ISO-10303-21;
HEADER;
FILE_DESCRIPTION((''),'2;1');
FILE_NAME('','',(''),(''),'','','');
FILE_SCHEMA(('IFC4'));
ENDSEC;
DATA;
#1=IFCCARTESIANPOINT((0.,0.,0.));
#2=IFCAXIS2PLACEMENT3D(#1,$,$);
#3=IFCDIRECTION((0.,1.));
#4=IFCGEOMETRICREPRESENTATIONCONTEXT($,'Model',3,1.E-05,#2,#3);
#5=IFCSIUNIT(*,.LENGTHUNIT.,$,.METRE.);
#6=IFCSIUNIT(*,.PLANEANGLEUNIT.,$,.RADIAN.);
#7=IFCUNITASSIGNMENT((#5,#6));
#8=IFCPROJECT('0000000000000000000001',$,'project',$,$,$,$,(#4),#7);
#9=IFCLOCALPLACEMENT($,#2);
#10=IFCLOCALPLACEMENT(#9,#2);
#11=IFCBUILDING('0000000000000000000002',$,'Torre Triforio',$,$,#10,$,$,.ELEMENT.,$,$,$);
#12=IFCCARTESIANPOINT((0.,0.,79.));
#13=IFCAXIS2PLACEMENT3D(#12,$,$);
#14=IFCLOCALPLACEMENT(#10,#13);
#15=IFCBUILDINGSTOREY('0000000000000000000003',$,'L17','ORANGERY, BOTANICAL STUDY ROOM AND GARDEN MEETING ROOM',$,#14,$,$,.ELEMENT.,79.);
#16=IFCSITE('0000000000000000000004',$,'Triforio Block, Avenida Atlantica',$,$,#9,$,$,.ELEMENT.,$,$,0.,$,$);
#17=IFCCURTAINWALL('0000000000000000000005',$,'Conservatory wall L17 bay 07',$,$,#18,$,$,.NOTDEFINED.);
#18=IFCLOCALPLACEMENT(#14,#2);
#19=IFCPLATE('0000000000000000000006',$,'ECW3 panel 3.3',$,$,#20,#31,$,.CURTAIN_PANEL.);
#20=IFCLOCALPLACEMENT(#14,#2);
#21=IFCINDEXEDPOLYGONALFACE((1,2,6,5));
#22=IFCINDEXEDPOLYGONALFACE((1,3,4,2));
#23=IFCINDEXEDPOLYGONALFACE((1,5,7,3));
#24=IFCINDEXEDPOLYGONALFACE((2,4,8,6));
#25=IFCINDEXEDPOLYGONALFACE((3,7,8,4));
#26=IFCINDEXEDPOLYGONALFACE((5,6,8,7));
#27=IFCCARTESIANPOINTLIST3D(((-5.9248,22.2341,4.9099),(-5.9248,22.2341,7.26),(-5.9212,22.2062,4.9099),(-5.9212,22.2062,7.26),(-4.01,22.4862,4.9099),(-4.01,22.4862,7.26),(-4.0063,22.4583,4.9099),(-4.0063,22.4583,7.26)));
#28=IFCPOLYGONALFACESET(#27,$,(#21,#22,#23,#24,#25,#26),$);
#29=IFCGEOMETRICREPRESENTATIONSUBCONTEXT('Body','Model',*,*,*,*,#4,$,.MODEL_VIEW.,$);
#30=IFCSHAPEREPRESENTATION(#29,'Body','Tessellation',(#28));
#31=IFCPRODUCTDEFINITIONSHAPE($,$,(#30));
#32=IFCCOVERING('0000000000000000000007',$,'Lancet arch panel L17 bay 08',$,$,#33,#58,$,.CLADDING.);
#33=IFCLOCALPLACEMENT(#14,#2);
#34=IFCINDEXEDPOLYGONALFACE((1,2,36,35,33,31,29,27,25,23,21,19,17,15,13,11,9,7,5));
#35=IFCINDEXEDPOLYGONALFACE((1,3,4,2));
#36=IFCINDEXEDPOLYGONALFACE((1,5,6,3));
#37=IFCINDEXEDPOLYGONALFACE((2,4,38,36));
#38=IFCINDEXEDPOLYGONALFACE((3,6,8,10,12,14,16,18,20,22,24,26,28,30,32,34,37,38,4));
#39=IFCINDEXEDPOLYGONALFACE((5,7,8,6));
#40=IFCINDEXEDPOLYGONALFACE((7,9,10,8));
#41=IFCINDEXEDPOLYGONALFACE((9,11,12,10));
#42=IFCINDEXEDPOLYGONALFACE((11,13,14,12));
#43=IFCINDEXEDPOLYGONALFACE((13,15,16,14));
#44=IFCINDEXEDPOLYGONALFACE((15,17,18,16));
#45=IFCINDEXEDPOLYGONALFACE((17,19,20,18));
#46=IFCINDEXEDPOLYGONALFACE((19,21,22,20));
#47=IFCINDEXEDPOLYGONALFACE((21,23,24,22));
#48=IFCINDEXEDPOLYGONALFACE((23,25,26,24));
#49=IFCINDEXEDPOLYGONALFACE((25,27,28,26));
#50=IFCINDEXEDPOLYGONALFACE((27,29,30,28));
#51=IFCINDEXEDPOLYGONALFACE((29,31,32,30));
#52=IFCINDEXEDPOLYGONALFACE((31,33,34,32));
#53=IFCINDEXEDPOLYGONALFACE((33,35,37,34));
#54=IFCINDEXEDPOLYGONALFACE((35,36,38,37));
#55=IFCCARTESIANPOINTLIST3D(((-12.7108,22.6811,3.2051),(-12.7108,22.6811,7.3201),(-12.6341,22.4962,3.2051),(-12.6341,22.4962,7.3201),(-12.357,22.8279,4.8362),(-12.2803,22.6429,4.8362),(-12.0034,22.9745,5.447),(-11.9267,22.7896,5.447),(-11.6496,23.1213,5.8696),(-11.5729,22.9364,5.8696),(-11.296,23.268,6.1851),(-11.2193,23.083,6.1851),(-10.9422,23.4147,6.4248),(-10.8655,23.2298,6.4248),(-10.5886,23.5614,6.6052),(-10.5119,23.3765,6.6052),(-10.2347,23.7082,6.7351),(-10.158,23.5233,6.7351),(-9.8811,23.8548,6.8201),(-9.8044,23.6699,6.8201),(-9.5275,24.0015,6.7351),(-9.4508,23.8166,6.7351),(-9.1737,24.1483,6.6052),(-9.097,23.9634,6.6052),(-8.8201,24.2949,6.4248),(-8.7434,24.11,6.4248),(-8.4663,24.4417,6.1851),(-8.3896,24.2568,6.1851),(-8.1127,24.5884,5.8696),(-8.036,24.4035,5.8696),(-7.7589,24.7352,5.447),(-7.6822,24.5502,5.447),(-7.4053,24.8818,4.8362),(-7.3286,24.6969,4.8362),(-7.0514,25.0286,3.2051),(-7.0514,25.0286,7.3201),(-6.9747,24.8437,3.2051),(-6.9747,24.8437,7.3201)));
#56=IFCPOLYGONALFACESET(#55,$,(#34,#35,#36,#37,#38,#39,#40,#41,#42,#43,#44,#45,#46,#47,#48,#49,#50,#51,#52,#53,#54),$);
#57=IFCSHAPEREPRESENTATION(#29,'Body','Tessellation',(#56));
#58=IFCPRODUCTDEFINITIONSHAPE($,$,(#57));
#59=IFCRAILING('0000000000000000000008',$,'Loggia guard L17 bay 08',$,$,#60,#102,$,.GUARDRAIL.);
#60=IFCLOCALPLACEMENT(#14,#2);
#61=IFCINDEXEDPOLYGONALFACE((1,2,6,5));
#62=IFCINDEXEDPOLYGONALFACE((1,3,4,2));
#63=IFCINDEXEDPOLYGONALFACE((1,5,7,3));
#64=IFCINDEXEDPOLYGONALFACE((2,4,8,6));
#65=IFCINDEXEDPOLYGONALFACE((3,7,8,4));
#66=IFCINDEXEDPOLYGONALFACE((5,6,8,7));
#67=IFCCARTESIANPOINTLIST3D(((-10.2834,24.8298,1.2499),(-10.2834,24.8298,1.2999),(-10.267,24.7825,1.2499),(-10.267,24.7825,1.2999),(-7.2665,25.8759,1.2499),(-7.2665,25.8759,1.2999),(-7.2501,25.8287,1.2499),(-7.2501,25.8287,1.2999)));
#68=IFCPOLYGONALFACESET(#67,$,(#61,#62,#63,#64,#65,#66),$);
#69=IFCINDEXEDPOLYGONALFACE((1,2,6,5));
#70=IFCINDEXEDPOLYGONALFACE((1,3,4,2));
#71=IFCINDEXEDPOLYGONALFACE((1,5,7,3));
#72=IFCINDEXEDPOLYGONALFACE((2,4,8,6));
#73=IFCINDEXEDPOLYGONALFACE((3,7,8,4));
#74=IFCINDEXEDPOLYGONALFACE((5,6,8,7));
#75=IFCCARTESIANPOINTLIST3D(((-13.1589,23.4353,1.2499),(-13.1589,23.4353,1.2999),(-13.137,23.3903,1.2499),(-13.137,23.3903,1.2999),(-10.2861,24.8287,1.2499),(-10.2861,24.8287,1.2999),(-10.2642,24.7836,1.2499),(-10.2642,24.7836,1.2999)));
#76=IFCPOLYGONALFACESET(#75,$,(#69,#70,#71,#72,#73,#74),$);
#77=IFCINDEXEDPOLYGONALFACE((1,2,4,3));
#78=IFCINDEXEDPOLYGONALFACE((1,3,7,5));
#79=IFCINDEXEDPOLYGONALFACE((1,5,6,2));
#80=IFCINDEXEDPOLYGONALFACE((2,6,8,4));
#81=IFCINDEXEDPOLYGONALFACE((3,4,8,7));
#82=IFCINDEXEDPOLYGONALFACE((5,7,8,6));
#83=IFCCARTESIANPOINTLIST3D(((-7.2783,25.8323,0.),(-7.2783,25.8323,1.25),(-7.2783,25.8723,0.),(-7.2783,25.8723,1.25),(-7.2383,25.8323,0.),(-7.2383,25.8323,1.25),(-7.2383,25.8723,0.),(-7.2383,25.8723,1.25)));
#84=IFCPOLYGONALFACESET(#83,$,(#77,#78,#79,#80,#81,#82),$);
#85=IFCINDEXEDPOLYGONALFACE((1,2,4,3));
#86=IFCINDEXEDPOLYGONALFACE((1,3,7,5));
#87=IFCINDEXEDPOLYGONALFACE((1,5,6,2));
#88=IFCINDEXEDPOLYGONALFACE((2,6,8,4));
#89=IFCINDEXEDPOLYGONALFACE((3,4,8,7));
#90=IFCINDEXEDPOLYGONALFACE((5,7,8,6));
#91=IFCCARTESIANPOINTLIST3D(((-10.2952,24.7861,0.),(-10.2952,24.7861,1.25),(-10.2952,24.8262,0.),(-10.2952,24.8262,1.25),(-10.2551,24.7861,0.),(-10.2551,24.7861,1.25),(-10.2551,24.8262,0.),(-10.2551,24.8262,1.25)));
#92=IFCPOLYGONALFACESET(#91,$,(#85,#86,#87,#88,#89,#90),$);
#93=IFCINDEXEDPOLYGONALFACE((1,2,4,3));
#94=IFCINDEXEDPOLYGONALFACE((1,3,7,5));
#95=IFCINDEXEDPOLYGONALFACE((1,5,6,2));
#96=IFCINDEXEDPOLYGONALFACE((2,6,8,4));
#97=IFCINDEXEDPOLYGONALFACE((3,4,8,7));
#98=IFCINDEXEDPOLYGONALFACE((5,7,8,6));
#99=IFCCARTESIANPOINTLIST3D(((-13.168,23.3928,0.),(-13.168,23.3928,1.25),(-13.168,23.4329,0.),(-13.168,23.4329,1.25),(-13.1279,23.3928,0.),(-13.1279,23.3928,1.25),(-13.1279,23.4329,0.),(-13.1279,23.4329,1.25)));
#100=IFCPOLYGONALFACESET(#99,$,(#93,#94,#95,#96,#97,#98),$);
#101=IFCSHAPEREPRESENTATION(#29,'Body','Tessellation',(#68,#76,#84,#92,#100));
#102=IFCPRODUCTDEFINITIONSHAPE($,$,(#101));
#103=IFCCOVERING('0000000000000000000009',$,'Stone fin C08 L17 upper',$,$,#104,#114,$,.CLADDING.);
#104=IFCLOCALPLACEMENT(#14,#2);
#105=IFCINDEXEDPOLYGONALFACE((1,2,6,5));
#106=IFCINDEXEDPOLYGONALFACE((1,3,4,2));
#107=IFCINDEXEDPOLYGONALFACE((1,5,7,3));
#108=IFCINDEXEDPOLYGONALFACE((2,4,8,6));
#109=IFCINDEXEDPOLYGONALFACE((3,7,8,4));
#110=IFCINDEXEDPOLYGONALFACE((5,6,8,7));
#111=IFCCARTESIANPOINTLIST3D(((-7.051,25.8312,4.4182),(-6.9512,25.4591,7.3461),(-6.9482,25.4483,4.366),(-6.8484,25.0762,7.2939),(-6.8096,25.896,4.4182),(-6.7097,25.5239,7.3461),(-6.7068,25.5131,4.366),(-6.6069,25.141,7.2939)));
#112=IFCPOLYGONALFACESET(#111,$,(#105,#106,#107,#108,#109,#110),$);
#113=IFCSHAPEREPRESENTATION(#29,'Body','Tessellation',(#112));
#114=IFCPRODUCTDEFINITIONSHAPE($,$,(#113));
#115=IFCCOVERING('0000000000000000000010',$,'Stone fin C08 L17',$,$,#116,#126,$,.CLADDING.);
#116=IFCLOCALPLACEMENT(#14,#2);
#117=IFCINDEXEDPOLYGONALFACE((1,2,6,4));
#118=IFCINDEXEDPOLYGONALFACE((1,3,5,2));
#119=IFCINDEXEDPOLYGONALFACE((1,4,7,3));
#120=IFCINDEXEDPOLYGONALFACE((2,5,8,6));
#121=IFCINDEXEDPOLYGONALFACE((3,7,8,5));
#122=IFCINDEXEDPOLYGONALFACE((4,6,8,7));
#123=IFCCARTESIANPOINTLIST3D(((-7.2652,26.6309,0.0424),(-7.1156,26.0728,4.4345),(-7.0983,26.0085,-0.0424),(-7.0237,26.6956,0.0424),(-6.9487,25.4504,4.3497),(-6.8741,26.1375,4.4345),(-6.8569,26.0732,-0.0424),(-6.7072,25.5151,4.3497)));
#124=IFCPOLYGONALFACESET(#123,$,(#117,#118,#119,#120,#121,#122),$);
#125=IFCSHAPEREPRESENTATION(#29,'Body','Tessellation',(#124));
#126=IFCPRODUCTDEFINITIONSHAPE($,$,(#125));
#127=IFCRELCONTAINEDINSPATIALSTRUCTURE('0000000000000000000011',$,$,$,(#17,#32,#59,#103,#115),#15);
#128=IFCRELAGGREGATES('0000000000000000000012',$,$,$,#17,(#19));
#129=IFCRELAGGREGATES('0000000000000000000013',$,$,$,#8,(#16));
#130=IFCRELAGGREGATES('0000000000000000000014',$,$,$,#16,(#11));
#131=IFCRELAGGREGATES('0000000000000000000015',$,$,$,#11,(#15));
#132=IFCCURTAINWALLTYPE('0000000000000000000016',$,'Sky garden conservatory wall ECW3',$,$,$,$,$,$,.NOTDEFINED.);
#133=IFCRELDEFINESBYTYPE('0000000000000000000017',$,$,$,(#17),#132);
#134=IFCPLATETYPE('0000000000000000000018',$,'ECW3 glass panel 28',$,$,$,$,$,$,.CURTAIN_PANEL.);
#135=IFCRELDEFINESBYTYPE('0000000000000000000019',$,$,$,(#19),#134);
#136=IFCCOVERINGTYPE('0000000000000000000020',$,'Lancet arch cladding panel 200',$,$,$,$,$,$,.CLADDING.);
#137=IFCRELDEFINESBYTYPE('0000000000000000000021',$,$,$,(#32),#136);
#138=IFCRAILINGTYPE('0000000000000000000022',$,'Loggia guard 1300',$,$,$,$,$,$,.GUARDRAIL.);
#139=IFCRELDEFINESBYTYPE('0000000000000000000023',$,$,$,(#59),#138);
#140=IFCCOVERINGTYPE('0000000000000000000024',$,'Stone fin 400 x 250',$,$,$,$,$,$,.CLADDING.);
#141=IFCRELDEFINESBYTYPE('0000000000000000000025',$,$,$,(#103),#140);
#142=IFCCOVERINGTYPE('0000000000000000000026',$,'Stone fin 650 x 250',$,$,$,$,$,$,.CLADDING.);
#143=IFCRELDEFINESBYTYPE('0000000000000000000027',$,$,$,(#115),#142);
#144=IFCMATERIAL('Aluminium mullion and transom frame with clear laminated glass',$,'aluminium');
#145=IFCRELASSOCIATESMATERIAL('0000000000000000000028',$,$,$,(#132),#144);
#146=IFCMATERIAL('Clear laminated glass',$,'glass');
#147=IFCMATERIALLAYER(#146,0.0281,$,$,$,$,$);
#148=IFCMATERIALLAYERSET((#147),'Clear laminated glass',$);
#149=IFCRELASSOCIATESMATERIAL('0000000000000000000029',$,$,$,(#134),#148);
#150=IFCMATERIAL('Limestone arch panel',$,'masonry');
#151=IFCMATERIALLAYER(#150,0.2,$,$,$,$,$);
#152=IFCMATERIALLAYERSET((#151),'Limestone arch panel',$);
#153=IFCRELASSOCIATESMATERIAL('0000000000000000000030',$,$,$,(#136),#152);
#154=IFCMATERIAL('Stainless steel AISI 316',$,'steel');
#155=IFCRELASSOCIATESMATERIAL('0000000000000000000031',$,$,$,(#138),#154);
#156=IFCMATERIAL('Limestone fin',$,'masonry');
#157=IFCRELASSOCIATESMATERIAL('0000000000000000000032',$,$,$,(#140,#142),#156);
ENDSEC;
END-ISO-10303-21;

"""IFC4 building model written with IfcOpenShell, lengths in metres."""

from ifc_helpers import new_model, si_unit, direction, frame, origin, origin_2d, place, context, subcontext, project, spatial, polyline, rectangle, outline, extrude, material, layer, layer_set, material_profile, profile_set, type_object, element, aggregate, save


model = new_model("IFC4")

# Units and contexts
model_context = context("Model", 3, precision=1e-05, world=origin(), true_north=direction((0.0, 1.0)))
body_context = subcontext(model_context, "Body", "Model", "MODEL_VIEW")
ifc_project = project(units=[si_unit("LENGTHUNIT", "METRE"), si_unit("PLANEANGLEUNIT", "RADIAN")], contexts=[model_context])

# Site, building, storey
site_placement = place(None, origin())
site = spatial("IfcSite", under=ifc_project, at=site_placement, Name="Triforio Block, Avenida Atlantica", CompositionType="ELEMENT", RefElevation=0.0)
building_placement = place(site_placement, origin())
building = spatial("IfcBuilding", under=site, at=building_placement, Name="Torre Triforio", CompositionType="ELEMENT")
storey_placement = place(building_placement, frame((0.0, 0.0, 79.0)))
storey = spatial("IfcBuildingStorey", under=building, at=storey_placement, Name="L17", Description="ORANGERY, BOTANICAL STUDY ROOM AND GARDEN MEETING ROOM", CompositionType="ELEMENT", Elevation=79.0)

# Curtain wall
ifc_material_1 = material(Name="Aluminium mullion and transom frame with clear laminated glass", Category="aluminium")
curtain_wall_type = type_object("IfcCurtainWallType", Name="Sky garden conservatory wall ECW3", PredefinedType="NOTDEFINED", material=ifc_material_1)
curtain_wall_1_placement = place(storey_placement, origin())
curtain_wall_1 = element("IfcCurtainWall", 1, at=curtain_wall_1_placement, inside=storey, type_object=curtain_wall_type, Name="Conservatory wall L17 bay 07", PredefinedType="NOTDEFINED")

# Plate
ifc_material_2 = material(Name="Clear laminated glass", Category="glass")
ifc_layer_1 = layer(ifc_material_2, 0.0281)
ifc_layer_set_1 = layer_set([ifc_layer_1], Name="Clear laminated glass")
plate_type = type_object("IfcPlateType", Name="ECW3 glass panel 28", PredefinedType="CURTAIN_PANEL", material=ifc_layer_set_1)
plate_1_placement = place(storey_placement, frame((-4.9656, 22.3462, 4.9099), z_axis=(0.0, 0.0, 1.0), x_axis=(-0.991446, -0.130521, 0.0)))
plate_1 = element("IfcPlate", 2, at=plate_1_placement, type_object=plate_type, Name="ECW3 panel 3.3", PredefinedType="CURTAIN_PANEL", context=body_context, shape_type="SweptSolid", body=[
    extrude(rectangle(XDim=1.9314, YDim=0.0281, at=origin_2d()), origin(), (0.0, 0.0, 1.0), 2.3501),
])
aggregate(curtain_wall_1, [plate_1])

# Covering
ifc_material_3 = material(Name="Limestone arch panel", Category="masonry")
ifc_layer_2 = layer(ifc_material_3, 0.2)
ifc_layer_set_2 = layer_set([ifc_layer_2], Name="Limestone arch panel")
covering_type_1 = type_object("IfcCoveringType", Name="Lancet arch cladding panel 200", PredefinedType="CLADDING", material=ifc_layer_set_2)
covering_1_placement = place(storey_placement, frame((-9.8044, 23.6699, 0.0), z_axis=(-0.383142, 0.923689, 0.0), x_axis=(-0.923689, -0.383142, 0.0)))
element("IfcCovering", 3, at=covering_1_placement, inside=storey, type_object=covering_type_1, Name="Lancet arch panel L17 bay 08", PredefinedType="CLADDING", context=body_context, shape_type="SweptSolid", body=[
    extrude(outline(polyline([(-3.0635, 7.3201), (-3.0635, 3.2051), (-2.6804, 4.8362), (-2.2976, 5.447), (-1.9146, 5.8696), (-1.5317, 6.1851), (-1.1487, 6.4248), (-0.7659, 6.6052), (-0.3828, 6.7351), (0.0, 6.8201), (0.3828, 6.7351), (0.7659, 6.6052), (1.1487, 6.4248), (1.5317, 6.1851), (1.9146, 5.8696), (2.2976, 5.447), (2.6804, 4.8362), (3.0635, 3.2051), (3.0635, 7.3201), (-3.0635, 7.3201)])), origin(), (0.0, 0.0, 1.0), 0.2002),
])

# Railing
ifc_material_4 = material(Name="Stainless steel AISI 316", Category="steel")
railing_type = type_object("IfcRailingType", Name="Loggia guard 1300", PredefinedType="GUARDRAIL", material=ifc_material_4)
railing_placement = place(storey_placement, frame((-7.2583, 25.8523, 0.0)))
element("IfcRailing", 4, at=railing_placement, inside=storey, type_object=railing_type, Name="Loggia guard L17 bay 08", PredefinedType="GUARDRAIL", context=body_context, shape_type="SweptSolid", body=[
    extrude(rectangle(XDim=0.05, YDim=0.05, at=origin_2d()), frame((0.0, 0.0, 1.2749), z_axis=(-0.944807, -0.327628, 0.0), x_axis=(0.327628, -0.944807, 0.0)), (0.0, 0.0, 1.0), 3.1931),
    extrude(rectangle(XDim=0.05, YDim=0.05, at=origin_2d()), frame((-3.0168, -1.0461, 1.2749), z_axis=(-0.89976, -0.436384, 0.0), x_axis=(0.436384, -0.89976, 0.0)), (0.0, 0.0, 1.0), 3.1929),
    extrude(rectangle(XDim=0.04, YDim=0.04, at=origin_2d()), origin(), (0.0, 0.0, 1.0), 1.25),
    extrude(rectangle(XDim=0.04, YDim=0.04, at=origin_2d()), frame((-3.0168, -1.0461, 0.0)), (0.0, 0.0, 1.0), 1.25),
    extrude(rectangle(XDim=0.04, YDim=0.04, at=origin_2d()), frame((-5.8896, -2.4395, 0.0)), (0.0, 0.0, 1.0), 1.25),
])

# Coverings
ifc_material_5 = material(Name="Limestone fin", Category="masonry")
ifc_material_profile_1 = material_profile(ifc_material_5, rectangle(XDim=0.3999, YDim=0.25, at=origin_2d()), Name="FIN 400x250")
ifc_profile_set_1 = profile_set([ifc_material_profile_1], Name="Limestone fin")
covering_type_2 = type_object("IfcCoveringType", Name="Stone fin 400 x 250", PredefinedType="CLADDING", material=ifc_profile_set_1)
covering_2_placement = place(storey_placement, frame((-6.8789, 25.6721, 4.3921), z_axis=(0.033812, -0.125988, 0.991455), x_axis=(-0.256986, 0.957571, 0.130447)))
element("IfcCovering", 5, at=covering_2_placement, inside=storey, type_object=covering_type_2, Name="Stone fin C08 L17 upper", PredefinedType="CLADDING", context=body_context, shape_type="SweptSolid", body=[
    extrude(rectangle(XDim=0.3999, YDim=0.25, at=origin_2d()), origin(), (0.0, 0.0, 1.0), 2.9531),
])
ifc_material_profile_2 = material_profile(ifc_material_5, rectangle(XDim=0.6499, YDim=0.25, at=origin_2d()), Name="FIN 650x250")
ifc_profile_set_2 = profile_set([ifc_material_profile_2], Name="Limestone fin")
covering_type_3 = type_object("IfcCoveringType", Name="Stone fin 650 x 250", PredefinedType="CLADDING", material=ifc_profile_set_2)
covering_3_placement = place(storey_placement, frame((-7.061, 26.3521, 0.0), z_axis=(0.033783, -0.125985, 0.991457), x_axis=(-0.256791, 0.957625, 0.130436)))
element("IfcCovering", 6, at=covering_3_placement, inside=storey, type_object=covering_type_3, Name="Stone fin C08 L17", PredefinedType="CLADDING", context=body_context, shape_type="SweptSolid", body=[
    extrude(rectangle(XDim=0.6499, YDim=0.25, at=origin_2d()), origin(), (0.0, 0.0, 1.0), 4.4299),
])

save(model, "model.ifc")
